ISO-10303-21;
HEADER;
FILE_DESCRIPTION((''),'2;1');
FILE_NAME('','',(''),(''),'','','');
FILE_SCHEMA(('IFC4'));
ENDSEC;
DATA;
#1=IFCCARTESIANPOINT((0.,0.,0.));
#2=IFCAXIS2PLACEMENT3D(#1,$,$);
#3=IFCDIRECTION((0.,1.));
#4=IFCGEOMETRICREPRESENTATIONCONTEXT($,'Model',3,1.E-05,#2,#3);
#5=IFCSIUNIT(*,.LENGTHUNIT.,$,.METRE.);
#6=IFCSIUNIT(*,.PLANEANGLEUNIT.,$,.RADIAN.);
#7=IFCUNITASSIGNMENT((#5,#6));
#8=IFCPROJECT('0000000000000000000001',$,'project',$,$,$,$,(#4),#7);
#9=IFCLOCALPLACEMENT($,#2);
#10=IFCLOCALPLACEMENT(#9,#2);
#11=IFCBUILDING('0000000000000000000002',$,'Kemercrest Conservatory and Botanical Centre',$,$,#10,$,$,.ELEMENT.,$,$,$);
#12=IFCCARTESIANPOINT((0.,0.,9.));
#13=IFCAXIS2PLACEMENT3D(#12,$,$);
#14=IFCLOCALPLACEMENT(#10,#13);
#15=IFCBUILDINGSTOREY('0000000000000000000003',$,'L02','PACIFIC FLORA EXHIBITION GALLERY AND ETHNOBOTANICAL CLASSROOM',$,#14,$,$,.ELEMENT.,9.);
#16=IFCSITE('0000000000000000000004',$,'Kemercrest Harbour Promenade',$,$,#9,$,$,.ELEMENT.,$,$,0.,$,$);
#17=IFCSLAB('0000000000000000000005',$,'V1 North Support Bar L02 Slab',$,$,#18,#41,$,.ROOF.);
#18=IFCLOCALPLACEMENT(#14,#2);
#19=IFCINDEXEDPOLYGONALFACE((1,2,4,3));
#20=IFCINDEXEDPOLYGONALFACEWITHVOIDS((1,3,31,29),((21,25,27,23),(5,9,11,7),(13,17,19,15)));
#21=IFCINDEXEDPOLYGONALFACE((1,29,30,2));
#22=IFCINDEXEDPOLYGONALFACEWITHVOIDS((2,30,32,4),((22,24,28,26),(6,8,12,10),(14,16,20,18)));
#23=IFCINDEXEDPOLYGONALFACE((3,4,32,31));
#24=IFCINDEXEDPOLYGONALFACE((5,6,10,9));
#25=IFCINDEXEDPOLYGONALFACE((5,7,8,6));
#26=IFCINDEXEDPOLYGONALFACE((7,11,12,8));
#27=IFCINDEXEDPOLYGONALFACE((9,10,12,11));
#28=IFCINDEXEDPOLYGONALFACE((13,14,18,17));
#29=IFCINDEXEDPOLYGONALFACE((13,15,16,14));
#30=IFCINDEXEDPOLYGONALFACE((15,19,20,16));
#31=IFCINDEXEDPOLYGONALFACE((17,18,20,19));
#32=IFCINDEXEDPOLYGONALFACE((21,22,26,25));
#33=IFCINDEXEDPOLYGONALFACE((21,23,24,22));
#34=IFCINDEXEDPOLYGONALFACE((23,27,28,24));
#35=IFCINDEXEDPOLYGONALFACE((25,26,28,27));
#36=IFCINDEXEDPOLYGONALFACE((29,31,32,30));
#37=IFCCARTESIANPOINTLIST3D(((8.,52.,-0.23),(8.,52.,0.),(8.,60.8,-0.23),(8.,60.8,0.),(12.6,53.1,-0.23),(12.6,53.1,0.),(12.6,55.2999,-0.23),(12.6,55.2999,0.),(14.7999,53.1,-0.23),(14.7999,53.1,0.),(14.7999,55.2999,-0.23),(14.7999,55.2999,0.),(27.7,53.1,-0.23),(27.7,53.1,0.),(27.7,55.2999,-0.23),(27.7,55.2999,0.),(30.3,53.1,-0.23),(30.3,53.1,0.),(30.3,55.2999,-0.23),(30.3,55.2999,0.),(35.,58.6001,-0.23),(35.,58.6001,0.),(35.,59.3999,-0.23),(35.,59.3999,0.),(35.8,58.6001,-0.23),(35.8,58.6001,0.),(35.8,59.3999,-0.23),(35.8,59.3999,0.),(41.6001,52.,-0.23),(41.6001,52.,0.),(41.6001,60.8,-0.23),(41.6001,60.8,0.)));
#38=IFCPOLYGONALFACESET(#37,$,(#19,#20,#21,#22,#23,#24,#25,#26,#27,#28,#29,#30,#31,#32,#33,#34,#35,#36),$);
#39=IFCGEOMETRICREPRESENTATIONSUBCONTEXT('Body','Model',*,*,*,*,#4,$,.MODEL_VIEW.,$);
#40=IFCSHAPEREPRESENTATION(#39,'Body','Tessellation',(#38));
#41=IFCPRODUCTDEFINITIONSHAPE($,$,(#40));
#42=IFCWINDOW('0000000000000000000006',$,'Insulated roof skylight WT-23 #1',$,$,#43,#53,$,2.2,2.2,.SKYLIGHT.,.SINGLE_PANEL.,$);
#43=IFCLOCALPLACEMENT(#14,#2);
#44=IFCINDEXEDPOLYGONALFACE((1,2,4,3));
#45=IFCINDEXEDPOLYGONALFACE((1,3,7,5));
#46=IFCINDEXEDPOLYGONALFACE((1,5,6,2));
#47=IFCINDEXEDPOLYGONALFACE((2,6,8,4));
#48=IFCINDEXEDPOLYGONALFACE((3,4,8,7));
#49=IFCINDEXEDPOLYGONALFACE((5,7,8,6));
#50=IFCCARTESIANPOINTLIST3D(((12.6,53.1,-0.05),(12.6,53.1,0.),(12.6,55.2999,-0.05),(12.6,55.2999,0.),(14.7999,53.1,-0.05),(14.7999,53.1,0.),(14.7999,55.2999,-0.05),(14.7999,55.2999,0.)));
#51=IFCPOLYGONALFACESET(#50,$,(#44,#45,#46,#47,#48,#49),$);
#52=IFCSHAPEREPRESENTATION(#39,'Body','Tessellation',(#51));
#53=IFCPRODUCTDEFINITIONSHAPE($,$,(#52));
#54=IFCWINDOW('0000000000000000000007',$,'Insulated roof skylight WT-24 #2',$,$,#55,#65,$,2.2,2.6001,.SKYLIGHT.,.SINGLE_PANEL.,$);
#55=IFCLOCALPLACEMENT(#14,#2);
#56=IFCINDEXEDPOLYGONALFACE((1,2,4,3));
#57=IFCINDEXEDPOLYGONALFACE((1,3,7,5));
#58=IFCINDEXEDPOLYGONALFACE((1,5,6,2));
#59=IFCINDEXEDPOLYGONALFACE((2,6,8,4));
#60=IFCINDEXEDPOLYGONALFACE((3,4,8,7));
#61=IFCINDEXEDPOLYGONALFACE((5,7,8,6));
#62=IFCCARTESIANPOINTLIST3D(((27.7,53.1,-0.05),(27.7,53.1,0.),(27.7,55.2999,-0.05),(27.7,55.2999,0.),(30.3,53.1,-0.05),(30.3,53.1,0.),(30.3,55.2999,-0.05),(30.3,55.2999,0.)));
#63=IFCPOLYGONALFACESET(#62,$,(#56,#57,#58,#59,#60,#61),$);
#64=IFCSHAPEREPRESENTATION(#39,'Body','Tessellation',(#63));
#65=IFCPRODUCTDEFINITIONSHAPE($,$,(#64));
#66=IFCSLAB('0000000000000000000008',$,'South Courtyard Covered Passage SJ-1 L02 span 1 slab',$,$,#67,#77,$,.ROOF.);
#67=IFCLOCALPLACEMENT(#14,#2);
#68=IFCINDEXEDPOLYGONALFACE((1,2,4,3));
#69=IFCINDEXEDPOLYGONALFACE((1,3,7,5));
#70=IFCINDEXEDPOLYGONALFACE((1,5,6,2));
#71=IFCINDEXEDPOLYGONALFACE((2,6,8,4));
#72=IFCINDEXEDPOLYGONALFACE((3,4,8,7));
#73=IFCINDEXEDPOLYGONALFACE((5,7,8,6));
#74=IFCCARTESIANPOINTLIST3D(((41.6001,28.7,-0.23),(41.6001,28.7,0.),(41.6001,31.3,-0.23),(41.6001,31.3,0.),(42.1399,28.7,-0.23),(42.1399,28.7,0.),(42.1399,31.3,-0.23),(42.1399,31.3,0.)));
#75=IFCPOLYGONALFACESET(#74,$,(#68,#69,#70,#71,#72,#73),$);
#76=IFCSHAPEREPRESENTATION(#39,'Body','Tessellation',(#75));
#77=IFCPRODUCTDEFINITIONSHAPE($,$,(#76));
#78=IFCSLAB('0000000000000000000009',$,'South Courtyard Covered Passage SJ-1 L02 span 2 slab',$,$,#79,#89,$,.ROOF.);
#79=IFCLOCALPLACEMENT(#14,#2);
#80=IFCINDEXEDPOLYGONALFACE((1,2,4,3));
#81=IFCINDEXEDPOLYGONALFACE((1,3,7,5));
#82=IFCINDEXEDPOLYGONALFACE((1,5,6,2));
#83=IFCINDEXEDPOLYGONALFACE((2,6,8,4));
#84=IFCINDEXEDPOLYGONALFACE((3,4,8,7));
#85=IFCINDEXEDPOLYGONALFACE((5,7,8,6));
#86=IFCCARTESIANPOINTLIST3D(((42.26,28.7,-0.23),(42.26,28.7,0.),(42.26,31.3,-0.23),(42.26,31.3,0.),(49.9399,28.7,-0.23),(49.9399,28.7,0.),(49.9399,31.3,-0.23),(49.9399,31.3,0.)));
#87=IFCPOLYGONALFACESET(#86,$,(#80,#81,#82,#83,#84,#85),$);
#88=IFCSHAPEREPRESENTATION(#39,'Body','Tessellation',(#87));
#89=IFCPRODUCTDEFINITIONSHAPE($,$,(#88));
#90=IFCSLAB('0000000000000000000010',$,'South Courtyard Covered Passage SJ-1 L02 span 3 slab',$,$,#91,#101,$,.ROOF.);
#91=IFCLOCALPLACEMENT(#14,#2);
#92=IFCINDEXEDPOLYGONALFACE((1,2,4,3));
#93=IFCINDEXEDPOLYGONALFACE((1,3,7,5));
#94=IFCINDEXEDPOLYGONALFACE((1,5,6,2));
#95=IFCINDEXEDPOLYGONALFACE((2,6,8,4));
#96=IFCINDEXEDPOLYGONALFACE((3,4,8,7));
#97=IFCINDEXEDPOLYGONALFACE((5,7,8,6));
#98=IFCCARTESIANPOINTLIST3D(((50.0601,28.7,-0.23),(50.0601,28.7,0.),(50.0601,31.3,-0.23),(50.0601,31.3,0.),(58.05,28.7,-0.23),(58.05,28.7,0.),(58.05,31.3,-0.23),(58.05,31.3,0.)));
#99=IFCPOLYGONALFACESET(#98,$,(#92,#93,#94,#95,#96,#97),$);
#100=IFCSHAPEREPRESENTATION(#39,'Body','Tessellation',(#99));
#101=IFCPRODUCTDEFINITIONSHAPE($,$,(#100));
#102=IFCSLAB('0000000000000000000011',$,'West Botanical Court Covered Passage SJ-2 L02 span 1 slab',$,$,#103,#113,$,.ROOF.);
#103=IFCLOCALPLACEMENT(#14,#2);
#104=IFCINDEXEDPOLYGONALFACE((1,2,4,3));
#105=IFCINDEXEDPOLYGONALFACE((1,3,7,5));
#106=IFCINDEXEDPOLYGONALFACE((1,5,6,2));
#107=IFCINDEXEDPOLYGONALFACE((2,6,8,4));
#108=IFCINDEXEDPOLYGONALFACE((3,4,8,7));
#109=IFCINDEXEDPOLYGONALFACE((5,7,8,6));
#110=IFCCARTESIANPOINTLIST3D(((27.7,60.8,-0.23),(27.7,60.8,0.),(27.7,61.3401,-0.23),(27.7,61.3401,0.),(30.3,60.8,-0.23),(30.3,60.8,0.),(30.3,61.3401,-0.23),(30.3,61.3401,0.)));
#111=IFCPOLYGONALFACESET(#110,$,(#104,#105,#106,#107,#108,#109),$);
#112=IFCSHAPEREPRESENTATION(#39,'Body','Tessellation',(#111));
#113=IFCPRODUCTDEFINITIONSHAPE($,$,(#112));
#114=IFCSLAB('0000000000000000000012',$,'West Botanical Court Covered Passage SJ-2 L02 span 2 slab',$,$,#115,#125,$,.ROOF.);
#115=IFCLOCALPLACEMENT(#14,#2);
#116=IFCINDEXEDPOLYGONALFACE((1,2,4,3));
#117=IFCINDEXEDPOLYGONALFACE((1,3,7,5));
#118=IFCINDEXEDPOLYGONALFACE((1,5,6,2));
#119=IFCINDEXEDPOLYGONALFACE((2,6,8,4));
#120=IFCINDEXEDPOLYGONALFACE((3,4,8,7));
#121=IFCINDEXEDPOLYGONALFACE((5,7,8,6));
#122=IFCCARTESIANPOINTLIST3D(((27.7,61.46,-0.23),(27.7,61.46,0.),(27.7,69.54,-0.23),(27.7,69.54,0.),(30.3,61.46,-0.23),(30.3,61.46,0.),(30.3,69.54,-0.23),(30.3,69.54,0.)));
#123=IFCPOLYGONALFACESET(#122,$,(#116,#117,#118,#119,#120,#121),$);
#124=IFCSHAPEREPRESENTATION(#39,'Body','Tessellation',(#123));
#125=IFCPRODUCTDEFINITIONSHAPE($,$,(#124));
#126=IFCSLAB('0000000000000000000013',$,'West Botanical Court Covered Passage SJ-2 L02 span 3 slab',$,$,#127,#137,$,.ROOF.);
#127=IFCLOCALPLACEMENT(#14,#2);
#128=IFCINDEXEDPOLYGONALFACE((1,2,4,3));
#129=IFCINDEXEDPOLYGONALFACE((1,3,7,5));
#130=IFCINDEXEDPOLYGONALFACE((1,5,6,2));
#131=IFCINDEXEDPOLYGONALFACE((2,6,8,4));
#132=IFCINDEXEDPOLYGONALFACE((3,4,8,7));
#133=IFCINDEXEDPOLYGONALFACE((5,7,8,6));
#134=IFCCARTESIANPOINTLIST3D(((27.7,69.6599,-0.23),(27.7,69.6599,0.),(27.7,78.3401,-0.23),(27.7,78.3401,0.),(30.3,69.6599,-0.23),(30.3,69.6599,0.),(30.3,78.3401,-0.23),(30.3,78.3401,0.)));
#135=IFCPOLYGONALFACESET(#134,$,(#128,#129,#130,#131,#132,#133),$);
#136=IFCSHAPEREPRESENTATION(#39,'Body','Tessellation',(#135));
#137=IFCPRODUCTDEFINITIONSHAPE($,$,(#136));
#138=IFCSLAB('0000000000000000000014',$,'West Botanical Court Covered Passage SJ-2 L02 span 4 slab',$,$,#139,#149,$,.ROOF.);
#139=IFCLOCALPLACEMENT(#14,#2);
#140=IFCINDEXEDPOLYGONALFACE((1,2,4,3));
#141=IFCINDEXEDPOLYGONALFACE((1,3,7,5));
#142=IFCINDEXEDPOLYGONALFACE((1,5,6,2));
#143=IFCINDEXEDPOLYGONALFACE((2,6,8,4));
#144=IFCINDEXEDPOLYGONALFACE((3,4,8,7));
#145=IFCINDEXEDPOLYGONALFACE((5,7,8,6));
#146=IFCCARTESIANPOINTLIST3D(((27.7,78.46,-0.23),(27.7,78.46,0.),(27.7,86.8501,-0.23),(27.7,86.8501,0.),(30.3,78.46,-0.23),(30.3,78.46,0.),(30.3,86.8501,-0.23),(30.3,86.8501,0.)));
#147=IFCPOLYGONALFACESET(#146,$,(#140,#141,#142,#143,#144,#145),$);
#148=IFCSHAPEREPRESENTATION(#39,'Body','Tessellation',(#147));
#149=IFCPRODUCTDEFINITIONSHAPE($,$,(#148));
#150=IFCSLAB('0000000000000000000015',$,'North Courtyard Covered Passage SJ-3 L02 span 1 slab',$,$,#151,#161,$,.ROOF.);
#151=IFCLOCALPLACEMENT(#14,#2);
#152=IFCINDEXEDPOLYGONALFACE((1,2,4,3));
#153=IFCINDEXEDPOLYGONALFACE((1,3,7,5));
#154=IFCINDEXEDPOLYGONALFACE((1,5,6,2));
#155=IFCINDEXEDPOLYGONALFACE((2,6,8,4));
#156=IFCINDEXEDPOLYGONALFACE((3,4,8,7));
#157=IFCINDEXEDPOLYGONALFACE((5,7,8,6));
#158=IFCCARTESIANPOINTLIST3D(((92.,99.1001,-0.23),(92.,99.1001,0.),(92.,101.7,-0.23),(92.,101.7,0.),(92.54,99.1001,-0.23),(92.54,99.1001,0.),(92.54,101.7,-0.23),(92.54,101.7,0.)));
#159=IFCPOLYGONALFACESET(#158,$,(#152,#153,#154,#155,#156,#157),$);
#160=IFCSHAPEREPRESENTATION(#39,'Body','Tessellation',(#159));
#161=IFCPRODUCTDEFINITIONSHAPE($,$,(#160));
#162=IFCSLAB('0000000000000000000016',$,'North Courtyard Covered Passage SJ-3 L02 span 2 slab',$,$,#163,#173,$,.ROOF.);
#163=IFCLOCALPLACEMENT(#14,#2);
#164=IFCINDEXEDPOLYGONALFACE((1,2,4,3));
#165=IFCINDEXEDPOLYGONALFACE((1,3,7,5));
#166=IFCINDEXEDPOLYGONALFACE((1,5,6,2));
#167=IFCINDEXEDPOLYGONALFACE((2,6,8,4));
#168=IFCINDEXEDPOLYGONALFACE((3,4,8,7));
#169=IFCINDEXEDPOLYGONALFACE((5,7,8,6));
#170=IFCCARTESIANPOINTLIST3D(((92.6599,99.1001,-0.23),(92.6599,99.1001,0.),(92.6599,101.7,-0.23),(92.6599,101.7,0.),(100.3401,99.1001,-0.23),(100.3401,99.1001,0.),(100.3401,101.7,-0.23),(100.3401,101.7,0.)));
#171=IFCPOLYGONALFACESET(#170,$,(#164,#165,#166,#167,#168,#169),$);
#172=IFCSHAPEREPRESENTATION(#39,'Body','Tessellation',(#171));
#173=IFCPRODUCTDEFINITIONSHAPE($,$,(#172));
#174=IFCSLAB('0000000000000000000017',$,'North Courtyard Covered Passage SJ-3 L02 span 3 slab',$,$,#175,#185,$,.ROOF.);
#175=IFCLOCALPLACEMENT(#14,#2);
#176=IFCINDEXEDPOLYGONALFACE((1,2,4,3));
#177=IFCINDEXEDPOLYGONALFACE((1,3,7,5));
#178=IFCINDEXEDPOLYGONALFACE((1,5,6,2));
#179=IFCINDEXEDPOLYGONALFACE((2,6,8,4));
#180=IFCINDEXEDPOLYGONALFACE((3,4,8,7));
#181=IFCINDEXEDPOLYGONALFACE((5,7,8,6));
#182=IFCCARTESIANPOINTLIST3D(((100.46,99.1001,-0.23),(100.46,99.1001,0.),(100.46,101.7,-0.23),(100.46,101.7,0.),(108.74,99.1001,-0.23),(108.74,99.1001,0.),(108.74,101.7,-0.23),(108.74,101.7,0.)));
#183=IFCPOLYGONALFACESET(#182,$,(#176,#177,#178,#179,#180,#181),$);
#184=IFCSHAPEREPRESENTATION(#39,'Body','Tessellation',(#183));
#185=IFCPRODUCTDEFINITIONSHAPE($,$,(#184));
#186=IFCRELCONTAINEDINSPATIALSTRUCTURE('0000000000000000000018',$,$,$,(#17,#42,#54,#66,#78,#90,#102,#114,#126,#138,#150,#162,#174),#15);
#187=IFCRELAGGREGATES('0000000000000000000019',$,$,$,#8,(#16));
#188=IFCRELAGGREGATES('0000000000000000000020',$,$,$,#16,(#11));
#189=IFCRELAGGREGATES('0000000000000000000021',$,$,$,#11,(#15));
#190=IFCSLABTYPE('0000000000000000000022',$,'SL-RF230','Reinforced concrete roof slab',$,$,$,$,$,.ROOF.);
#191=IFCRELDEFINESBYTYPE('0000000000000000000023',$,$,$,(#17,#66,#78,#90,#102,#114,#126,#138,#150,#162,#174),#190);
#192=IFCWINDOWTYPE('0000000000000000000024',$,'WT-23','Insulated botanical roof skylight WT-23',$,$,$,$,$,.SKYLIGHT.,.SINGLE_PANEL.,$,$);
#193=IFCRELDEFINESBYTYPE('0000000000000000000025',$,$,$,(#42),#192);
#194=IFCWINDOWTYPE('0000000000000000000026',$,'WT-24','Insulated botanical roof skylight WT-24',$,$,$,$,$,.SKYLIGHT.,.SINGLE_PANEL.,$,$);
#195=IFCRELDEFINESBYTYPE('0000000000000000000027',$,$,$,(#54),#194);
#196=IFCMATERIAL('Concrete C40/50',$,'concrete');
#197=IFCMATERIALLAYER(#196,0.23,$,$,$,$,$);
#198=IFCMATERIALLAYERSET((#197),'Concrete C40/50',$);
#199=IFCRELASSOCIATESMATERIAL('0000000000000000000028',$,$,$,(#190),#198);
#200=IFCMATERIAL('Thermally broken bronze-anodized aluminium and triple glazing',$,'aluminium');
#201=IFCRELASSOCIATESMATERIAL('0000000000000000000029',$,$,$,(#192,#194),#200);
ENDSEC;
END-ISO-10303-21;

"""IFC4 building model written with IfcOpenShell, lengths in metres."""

from ifc_helpers import new_model, si_unit, direction, frame, origin, origin_2d, place, context, subcontext, project, spatial, polyline, rectangle, outline, extrude, material, layer, layer_set, type_object, element, fill, save


model = new_model("IFC4")

# Units and contexts
model_context = context("Model", 3, precision=1e-05, world=origin(), true_north=direction((0.0, 1.0)))
body_context = subcontext(model_context, "Body", "Model", "MODEL_VIEW")
ifc_project = project(units=[si_unit("LENGTHUNIT", "METRE"), si_unit("PLANEANGLEUNIT", "RADIAN")], contexts=[model_context])

# Site, building, storey
site_placement = place(None, origin())
site = spatial("IfcSite", under=ifc_project, at=site_placement, Name="Kemercrest Harbour Promenade", CompositionType="ELEMENT", RefElevation=0.0)
building_placement = place(site_placement, origin())
building = spatial("IfcBuilding", under=site, at=building_placement, Name="Kemercrest Conservatory and Botanical Centre", CompositionType="ELEMENT")
storey_placement = place(building_placement, frame((0.0, 0.0, 9.0)))
storey = spatial("IfcBuildingStorey", under=building, at=storey_placement, Name="L02", Description="PACIFIC FLORA EXHIBITION GALLERY AND ETHNOBOTANICAL CLASSROOM", CompositionType="ELEMENT", Elevation=9.0)

# Shared definitions
ifc_material_1 = material(Name="Concrete C40/50", Category="concrete")

# Slab, openings, windows
ifc_layer_1 = layer(ifc_material_1, 0.23)
ifc_layer_set_1 = layer_set([ifc_layer_1], Name="Concrete C40/50")
slab_type_1 = type_object("IfcSlabType", Name="SL-RF230", Description="Reinforced concrete roof slab", PredefinedType="ROOF", material=ifc_layer_set_1)
slab_1_placement = place(storey_placement, frame((0.0, 0.0, -0.23)))
slab_1 = element("IfcSlab", 1, at=slab_1_placement, inside=storey, type_object=slab_type_1, Name="V1 North Support Bar L02 Slab", PredefinedType="ROOF", context=body_context, shape_type="SweptSolid", body=[
    extrude(outline(polyline([(8.0, 60.8), (8.0, 52.0), (41.6001, 52.0), (41.6001, 60.8), (8.0, 60.8)]), holes=[polyline([(35.8, 58.6001), (35.0, 58.6001), (35.0, 59.3999), (35.8, 59.3999), (35.8, 58.6001)])]), origin(), (0.0, 0.0, 1.0), 0.23),
])
opening_1_placement = place(slab_1_placement, frame((13.7, 54.2, 0.0)))
opening_1 = element("IfcOpeningElement", 2, at=opening_1_placement, cuts=slab_1, PredefinedType="OPENING", context=body_context, shape_type="SweptSolid", body=[
    extrude(rectangle(XDim=2.2, YDim=2.2, at=origin_2d()), origin(), (0.0, 0.0, 1.0), 0.23),
])
opening_2_placement = place(slab_1_placement, frame((29.0, 54.2, 0.0)))
opening_2 = element("IfcOpeningElement", 3, at=opening_2_placement, cuts=slab_1, PredefinedType="OPENING", context=body_context, shape_type="SweptSolid", body=[
    extrude(rectangle(XDim=2.6001, YDim=2.2, at=origin_2d()), origin(), (0.0, 0.0, 1.0), 0.23),
])
ifc_material_2 = material(Name="Thermally broken bronze-anodized aluminium and triple glazing", Category="aluminium")
window_type_1 = type_object("IfcWindowType", Name="WT-23", Description="Insulated botanical roof skylight WT-23", PartitioningType="SINGLE_PANEL", PredefinedType="SKYLIGHT", material=ifc_material_2)
window_1_placement = place(opening_1_placement, frame((0.0, 0.0, 0.1799)))
window_1 = element("IfcWindow", 4, at=window_1_placement, inside=storey, type_object=window_type_1, Name="Insulated roof skylight WT-23 #1", OverallHeight=2.2, OverallWidth=2.2, PartitioningType="SINGLE_PANEL", PredefinedType="SKYLIGHT", context=body_context, shape_type="SweptSolid", body=[
    extrude(rectangle(XDim=2.2, YDim=2.2, at=origin_2d()), origin(), (0.0, 0.0, 1.0), 0.05),
])
fill(opening_1, window_1)
window_type_2 = type_object("IfcWindowType", Name="WT-24", Description="Insulated botanical roof skylight WT-24", PartitioningType="SINGLE_PANEL", PredefinedType="SKYLIGHT", material=ifc_material_2)
window_2_placement = place(opening_2_placement, frame((0.0, 0.0, 0.1799)))
window_2 = element("IfcWindow", 5, at=window_2_placement, inside=storey, type_object=window_type_2, Name="Insulated roof skylight WT-24 #2", OverallHeight=2.2, OverallWidth=2.6001, PartitioningType="SINGLE_PANEL", PredefinedType="SKYLIGHT", context=body_context, shape_type="SweptSolid", body=[
    extrude(rectangle(XDim=2.6001, YDim=2.2, at=origin_2d()), origin(), (0.0, 0.0, 1.0), 0.05),
])
fill(opening_2, window_2)

# Slabs
slab_2_placement = place(storey_placement, frame((0.0, 0.0, -0.23)))
element("IfcSlab", 6, at=slab_2_placement, inside=storey, type_object=slab_type_1, Name="South Courtyard Covered Passage SJ-1 L02 span 1 slab", PredefinedType="ROOF", context=body_context, shape_type="SweptSolid", body=[
    extrude(outline(polyline([(41.6001, 28.7), (42.1399, 28.7), (42.1399, 31.3), (41.6001, 31.3), (41.6001, 28.7)])), origin(), (0.0, 0.0, 1.0), 0.23),
])
slab_3_placement = place(storey_placement, frame((0.0, 0.0, -0.23)))
element("IfcSlab", 7, at=slab_3_placement, inside=storey, type_object=slab_type_1, Name="South Courtyard Covered Passage SJ-1 L02 span 2 slab", PredefinedType="ROOF", context=body_context, shape_type="SweptSolid", body=[
    extrude(outline(polyline([(42.26, 28.7), (49.9399, 28.7), (49.9399, 31.3), (42.26, 31.3), (42.26, 28.7)])), origin(), (0.0, 0.0, 1.0), 0.23),
])
slab_4_placement = place(storey_placement, frame((0.0, 0.0, -0.23)))
element("IfcSlab", 8, at=slab_4_placement, inside=storey, type_object=slab_type_1, Name="South Courtyard Covered Passage SJ-1 L02 span 3 slab", PredefinedType="ROOF", context=body_context, shape_type="SweptSolid", body=[
    extrude(outline(polyline([(50.0601, 28.7), (58.05, 28.7), (58.05, 31.3), (50.0601, 31.3), (50.0601, 28.7)])), origin(), (0.0, 0.0, 1.0), 0.23),
])
slab_5_placement = place(storey_placement, frame((0.0, 0.0, -0.23)))
element("IfcSlab", 9, at=slab_5_placement, inside=storey, type_object=slab_type_1, Name="West Botanical Court Covered Passage SJ-2 L02 span 1 slab", PredefinedType="ROOF", context=body_context, shape_type="SweptSolid", body=[
    extrude(outline(polyline([(27.7, 60.8), (30.3, 60.8), (30.3, 61.3401), (27.7, 61.3401), (27.7, 60.8)])), origin(), (0.0, 0.0, 1.0), 0.23),
])
slab_6_placement = place(storey_placement, frame((0.0, 0.0, -0.23)))
element("IfcSlab", 10, at=slab_6_placement, inside=storey, type_object=slab_type_1, Name="West Botanical Court Covered Passage SJ-2 L02 span 2 slab", PredefinedType="ROOF", context=body_context, shape_type="SweptSolid", body=[
    extrude(outline(polyline([(27.7, 61.46), (30.3, 61.46), (30.3, 69.54), (27.7, 69.54), (27.7, 61.46)])), origin(), (0.0, 0.0, 1.0), 0.23),
])
slab_7_placement = place(storey_placement, frame((0.0, 0.0, -0.23)))
element("IfcSlab", 11, at=slab_7_placement, inside=storey, type_object=slab_type_1, Name="West Botanical Court Covered Passage SJ-2 L02 span 3 slab", PredefinedType="ROOF", context=body_context, shape_type="SweptSolid", body=[
    extrude(outline(polyline([(27.7, 69.6599), (30.3, 69.6599), (30.3, 78.3401), (27.7, 78.3401), (27.7, 69.6599)])), origin(), (0.0, 0.0, 1.0), 0.23),
])
slab_8_placement = place(storey_placement, frame((0.0, 0.0, -0.23)))
element("IfcSlab", 12, at=slab_8_placement, inside=storey, type_object=slab_type_1, Name="West Botanical Court Covered Passage SJ-2 L02 span 4 slab", PredefinedType="ROOF", context=body_context, shape_type="SweptSolid", body=[
    extrude(outline(polyline([(27.7, 78.46), (30.3, 78.46), (30.3, 86.8501), (27.7, 86.8501), (27.7, 78.46)])), origin(), (0.0, 0.0, 1.0), 0.23),
])
slab_9_placement = place(storey_placement, frame((0.0, 0.0, -0.23)))
element("IfcSlab", 13, at=slab_9_placement, inside=storey, type_object=slab_type_1, Name="North Courtyard Covered Passage SJ-3 L02 span 1 slab", PredefinedType="ROOF", context=body_context, shape_type="SweptSolid", body=[
    extrude(outline(polyline([(92.0, 99.1001), (92.54, 99.1001), (92.54, 101.7), (92.0, 101.7), (92.0, 99.1001)])), origin(), (0.0, 0.0, 1.0), 0.23),
])
slab_10_placement = place(storey_placement, frame((0.0, 0.0, -0.23)))
element("IfcSlab", 14, at=slab_10_placement, inside=storey, type_object=slab_type_1, Name="North Courtyard Covered Passage SJ-3 L02 span 2 slab", PredefinedType="ROOF", context=body_context, shape_type="SweptSolid", body=[
    extrude(outline(polyline([(92.6599, 99.1001), (100.3401, 99.1001), (100.3401, 101.7), (92.6599, 101.7), (92.6599, 99.1001)])), origin(), (0.0, 0.0, 1.0), 0.23),
])
slab_11_placement = place(storey_placement, frame((0.0, 0.0, -0.23)))
element("IfcSlab", 15, at=slab_11_placement, inside=storey, type_object=slab_type_1, Name="North Courtyard Covered Passage SJ-3 L02 span 3 slab", PredefinedType="ROOF", context=body_context, shape_type="SweptSolid", body=[
    extrude(outline(polyline([(100.46, 99.1001), (108.74, 99.1001), (108.74, 101.7), (100.46, 101.7), (100.46, 99.1001)])), origin(), (0.0, 0.0, 1.0), 0.23),
])

save(model, "model.ifc")
